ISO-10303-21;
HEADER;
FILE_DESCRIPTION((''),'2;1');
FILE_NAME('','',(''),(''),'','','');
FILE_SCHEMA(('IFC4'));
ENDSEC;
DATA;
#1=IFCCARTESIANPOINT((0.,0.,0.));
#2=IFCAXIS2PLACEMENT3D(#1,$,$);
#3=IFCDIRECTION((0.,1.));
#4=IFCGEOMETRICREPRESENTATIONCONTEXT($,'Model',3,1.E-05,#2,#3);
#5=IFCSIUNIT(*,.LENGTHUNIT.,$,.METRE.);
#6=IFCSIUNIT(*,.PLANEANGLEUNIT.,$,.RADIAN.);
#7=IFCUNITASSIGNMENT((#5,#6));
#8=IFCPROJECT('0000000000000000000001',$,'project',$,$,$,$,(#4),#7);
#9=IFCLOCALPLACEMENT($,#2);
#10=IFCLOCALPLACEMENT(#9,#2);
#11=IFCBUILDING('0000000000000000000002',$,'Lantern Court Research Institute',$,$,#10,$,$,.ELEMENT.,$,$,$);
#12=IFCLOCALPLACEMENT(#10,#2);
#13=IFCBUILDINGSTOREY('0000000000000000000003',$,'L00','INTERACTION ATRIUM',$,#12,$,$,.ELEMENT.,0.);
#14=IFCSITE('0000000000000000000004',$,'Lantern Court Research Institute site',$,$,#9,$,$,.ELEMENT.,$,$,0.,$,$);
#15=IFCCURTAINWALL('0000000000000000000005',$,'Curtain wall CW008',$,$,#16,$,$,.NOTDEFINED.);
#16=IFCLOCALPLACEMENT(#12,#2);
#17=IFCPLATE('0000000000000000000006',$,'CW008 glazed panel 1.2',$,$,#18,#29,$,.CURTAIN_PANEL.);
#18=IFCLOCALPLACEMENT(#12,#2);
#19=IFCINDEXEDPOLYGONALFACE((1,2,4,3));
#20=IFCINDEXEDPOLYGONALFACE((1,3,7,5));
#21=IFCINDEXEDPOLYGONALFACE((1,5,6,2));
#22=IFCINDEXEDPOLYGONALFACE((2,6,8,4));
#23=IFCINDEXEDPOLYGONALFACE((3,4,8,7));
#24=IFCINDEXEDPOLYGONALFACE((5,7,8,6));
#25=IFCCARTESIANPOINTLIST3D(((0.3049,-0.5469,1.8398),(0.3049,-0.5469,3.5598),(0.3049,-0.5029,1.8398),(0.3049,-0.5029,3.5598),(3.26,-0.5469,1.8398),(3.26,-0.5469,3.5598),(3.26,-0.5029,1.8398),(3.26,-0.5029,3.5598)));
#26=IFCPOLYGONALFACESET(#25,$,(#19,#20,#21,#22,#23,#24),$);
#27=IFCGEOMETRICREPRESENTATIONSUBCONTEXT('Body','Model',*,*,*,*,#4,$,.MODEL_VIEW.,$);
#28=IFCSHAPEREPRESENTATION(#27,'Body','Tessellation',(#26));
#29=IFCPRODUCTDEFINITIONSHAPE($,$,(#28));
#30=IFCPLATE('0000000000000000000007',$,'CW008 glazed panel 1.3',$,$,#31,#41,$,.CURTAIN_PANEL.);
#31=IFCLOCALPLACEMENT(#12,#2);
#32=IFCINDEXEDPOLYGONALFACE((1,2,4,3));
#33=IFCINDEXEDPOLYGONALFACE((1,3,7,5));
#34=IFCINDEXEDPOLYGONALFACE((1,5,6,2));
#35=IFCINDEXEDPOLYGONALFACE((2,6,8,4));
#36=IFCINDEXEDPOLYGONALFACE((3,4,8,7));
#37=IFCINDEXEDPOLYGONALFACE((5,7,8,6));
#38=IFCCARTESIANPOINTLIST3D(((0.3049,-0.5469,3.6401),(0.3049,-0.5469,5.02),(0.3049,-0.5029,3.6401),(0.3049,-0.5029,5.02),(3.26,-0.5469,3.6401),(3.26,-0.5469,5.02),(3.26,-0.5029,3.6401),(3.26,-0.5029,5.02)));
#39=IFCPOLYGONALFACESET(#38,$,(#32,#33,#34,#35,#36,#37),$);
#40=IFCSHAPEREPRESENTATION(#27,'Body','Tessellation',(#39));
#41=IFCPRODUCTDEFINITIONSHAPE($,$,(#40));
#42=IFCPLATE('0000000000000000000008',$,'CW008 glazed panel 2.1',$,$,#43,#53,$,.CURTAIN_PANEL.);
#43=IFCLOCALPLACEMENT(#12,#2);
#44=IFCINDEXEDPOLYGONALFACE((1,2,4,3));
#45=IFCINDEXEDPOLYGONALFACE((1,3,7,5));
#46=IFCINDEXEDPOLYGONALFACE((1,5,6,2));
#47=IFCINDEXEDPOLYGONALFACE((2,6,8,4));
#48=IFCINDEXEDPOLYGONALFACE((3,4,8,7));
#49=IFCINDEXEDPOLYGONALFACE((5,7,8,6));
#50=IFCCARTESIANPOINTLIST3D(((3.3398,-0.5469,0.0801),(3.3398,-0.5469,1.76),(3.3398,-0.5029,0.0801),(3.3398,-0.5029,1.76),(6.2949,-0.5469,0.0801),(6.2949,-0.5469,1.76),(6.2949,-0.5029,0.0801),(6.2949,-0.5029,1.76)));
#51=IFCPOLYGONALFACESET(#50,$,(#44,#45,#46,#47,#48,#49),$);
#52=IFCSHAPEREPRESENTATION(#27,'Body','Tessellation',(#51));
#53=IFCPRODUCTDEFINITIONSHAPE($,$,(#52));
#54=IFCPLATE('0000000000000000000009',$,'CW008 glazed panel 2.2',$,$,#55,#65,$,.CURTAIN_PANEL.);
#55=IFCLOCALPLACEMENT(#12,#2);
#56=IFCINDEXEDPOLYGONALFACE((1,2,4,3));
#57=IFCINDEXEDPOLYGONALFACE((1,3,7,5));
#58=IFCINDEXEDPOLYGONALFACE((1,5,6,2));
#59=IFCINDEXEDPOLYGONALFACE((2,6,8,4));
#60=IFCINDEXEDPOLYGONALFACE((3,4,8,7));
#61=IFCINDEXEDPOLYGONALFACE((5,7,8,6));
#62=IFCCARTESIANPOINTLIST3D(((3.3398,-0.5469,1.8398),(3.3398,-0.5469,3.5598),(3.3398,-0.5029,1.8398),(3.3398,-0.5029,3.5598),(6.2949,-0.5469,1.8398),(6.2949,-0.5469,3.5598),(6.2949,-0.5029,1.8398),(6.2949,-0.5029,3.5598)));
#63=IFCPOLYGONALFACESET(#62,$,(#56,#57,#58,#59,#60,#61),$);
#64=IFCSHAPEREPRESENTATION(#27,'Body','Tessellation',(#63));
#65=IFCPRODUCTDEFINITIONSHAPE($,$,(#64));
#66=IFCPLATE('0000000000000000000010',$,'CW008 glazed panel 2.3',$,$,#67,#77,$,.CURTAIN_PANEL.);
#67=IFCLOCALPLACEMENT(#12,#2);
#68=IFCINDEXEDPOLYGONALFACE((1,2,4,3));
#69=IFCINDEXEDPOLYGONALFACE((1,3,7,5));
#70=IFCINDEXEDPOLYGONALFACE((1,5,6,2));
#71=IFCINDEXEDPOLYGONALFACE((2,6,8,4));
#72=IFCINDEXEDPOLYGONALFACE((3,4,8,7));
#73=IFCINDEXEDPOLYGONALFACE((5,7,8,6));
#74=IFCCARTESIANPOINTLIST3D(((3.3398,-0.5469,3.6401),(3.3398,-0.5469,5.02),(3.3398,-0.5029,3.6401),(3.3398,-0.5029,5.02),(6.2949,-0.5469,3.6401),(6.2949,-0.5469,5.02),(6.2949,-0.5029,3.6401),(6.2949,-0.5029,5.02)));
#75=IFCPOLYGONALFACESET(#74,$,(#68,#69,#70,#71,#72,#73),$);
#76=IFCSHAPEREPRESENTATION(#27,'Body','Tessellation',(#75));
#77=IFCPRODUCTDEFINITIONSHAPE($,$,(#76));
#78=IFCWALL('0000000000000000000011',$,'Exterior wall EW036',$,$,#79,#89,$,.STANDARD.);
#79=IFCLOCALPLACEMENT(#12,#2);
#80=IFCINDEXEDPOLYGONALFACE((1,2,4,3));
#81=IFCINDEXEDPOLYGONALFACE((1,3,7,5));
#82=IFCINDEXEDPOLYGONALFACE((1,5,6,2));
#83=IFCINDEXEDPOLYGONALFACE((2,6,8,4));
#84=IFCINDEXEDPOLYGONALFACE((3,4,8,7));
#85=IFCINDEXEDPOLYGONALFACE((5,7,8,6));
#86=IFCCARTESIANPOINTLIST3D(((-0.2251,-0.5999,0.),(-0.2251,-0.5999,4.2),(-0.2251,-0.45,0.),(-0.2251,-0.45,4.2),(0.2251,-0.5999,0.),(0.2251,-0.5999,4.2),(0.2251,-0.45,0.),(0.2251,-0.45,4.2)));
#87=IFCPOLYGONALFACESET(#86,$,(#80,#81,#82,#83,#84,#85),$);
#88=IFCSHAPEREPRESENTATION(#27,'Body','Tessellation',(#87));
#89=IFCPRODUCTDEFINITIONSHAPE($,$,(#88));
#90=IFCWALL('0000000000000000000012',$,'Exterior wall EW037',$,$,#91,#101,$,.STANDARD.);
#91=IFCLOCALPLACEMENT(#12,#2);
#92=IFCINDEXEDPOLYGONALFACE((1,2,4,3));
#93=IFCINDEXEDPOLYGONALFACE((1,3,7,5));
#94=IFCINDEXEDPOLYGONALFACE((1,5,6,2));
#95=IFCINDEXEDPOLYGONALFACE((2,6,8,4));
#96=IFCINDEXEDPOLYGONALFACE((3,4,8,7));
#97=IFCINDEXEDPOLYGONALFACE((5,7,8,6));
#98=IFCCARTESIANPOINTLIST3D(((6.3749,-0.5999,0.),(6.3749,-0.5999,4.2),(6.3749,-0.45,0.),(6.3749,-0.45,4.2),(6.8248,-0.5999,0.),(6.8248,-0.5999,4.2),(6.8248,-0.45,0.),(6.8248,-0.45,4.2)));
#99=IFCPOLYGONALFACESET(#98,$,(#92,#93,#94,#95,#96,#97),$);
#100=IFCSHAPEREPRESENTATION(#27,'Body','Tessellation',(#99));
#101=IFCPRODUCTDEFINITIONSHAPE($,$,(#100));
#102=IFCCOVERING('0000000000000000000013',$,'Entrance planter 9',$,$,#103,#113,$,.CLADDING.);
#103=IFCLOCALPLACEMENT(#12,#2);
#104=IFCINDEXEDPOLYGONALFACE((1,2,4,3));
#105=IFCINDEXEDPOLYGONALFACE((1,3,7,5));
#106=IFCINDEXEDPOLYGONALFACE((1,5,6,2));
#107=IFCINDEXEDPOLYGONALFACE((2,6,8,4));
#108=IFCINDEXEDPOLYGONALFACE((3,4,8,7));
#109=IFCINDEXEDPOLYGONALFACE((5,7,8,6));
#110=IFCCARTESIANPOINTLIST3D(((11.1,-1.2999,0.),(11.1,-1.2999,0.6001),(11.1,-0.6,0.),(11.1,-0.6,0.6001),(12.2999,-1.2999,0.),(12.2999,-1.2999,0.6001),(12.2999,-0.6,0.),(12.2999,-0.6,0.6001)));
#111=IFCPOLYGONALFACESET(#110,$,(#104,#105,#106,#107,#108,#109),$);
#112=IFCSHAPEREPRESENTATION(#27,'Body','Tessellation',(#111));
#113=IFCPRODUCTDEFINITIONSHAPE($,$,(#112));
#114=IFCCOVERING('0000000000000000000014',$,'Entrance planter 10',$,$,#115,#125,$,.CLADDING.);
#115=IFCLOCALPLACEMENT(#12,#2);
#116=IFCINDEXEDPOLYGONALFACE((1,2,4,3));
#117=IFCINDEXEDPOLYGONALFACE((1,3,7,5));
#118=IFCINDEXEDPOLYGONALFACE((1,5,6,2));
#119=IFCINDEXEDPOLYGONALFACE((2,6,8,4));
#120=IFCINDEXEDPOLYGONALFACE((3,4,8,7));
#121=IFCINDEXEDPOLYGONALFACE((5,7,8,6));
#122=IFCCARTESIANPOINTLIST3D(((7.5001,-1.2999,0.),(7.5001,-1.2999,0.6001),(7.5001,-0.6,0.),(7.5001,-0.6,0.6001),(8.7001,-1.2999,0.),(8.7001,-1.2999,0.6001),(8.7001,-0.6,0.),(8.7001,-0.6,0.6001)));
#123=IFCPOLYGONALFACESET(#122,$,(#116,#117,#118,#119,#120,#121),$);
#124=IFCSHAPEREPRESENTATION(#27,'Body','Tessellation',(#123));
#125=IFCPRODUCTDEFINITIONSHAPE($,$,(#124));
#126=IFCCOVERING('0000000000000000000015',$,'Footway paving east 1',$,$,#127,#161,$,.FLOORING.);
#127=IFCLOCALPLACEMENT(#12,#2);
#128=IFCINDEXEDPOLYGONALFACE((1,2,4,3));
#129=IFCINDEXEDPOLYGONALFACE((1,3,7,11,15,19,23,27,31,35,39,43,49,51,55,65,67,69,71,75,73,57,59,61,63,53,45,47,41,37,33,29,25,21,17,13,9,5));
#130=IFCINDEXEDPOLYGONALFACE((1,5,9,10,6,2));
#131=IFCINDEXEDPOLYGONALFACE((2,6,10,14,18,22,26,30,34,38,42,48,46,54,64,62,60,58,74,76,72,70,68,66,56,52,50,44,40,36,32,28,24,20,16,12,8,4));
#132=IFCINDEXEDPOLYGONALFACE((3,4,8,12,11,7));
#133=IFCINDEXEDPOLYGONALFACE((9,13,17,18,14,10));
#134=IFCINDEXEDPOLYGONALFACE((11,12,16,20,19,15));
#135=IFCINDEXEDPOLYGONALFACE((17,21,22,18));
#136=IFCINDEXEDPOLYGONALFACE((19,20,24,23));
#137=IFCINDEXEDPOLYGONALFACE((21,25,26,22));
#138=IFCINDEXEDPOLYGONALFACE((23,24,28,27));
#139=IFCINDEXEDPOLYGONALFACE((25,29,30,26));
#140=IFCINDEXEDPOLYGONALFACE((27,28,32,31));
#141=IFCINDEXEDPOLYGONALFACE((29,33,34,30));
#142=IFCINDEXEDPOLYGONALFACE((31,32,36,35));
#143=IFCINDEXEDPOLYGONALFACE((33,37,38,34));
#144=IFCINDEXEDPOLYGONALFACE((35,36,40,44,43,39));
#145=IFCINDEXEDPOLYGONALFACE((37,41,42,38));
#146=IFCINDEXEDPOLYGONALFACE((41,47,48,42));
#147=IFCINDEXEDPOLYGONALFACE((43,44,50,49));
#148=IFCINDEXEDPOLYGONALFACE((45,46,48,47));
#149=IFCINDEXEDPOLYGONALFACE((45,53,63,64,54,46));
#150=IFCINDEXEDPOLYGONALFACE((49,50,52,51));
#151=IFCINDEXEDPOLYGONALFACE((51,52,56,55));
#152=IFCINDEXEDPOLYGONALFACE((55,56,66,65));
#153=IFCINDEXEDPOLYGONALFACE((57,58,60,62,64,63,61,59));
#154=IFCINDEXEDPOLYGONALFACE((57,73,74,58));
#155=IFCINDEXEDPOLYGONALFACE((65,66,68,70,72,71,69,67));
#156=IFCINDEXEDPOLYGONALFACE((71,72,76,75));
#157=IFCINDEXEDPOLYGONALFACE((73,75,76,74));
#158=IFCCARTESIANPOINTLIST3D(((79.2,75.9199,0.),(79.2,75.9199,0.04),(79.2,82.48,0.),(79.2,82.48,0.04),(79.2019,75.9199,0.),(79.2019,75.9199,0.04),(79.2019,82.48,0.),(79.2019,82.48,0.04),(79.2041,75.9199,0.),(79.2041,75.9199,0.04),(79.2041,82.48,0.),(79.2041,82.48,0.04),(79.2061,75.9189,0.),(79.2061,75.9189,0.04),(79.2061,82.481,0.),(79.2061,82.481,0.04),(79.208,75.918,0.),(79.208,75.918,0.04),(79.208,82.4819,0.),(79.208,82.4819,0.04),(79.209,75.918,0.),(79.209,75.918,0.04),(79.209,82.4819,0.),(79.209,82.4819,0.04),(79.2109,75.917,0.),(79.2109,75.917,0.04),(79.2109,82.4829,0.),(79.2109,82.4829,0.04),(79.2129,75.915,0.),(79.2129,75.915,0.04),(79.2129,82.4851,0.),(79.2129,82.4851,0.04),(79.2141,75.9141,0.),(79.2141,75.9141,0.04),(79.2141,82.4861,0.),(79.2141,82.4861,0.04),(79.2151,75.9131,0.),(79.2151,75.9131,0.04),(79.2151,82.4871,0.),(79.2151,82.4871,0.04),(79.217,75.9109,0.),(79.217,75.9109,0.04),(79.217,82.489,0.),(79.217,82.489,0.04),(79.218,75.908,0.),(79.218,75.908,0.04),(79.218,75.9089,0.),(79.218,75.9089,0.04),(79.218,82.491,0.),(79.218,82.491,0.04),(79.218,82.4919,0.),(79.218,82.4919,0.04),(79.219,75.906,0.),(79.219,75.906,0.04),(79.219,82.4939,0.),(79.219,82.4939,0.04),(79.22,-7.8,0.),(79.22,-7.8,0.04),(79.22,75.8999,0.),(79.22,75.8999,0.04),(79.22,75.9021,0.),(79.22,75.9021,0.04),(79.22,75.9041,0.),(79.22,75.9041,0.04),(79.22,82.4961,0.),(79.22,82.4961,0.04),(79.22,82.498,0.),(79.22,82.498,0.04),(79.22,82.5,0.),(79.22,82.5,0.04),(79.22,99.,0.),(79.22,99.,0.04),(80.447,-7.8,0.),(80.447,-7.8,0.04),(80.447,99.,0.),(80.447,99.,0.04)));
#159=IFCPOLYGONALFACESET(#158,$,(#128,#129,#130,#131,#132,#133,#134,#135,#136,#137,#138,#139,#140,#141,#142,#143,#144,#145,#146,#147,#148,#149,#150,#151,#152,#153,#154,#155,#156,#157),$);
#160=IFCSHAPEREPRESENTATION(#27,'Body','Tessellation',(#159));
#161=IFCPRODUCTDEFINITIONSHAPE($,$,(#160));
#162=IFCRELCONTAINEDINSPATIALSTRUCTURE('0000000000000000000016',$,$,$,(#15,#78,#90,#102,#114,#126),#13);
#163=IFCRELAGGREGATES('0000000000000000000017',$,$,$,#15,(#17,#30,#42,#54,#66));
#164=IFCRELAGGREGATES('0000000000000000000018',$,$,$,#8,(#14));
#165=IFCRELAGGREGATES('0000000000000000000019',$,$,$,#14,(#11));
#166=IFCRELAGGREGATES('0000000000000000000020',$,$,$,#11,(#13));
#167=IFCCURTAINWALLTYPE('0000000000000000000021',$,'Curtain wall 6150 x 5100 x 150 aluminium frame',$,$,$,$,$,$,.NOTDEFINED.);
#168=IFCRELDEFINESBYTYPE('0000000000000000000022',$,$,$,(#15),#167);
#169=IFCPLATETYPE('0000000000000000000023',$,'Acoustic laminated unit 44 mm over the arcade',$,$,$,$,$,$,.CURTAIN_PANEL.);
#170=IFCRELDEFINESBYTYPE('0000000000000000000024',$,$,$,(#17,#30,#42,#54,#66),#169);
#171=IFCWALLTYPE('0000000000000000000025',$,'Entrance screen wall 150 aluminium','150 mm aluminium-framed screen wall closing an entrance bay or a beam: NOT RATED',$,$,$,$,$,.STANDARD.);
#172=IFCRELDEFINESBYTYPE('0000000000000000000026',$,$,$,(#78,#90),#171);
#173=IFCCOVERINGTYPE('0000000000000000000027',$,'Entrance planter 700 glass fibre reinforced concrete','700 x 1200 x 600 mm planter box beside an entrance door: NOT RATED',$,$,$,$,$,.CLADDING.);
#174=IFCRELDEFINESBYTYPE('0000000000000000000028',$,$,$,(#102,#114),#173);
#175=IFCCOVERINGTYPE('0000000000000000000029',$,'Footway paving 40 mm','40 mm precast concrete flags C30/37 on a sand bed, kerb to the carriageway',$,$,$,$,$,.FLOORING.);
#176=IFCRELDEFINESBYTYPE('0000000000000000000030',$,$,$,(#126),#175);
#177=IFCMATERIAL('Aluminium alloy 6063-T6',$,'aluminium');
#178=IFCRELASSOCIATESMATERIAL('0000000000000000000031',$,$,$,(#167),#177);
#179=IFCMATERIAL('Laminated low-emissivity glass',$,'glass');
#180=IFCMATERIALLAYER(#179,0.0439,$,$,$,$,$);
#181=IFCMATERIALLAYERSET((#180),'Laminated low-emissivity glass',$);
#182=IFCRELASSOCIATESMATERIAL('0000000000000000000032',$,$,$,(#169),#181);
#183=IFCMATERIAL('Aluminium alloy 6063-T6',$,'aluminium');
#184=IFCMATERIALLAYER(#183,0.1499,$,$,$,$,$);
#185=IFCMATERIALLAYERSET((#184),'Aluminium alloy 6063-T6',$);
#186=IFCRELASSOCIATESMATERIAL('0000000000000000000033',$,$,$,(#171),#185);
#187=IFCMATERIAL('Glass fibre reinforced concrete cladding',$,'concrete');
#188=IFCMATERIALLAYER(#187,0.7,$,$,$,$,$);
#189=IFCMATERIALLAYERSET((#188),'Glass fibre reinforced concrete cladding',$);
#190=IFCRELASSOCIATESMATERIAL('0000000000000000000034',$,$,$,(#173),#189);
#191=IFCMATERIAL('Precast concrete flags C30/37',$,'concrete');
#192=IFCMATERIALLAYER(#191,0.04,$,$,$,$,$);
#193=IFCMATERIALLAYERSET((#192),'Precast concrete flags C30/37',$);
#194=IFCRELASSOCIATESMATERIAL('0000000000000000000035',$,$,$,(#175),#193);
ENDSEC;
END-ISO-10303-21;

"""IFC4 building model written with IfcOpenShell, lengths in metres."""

from ifc_helpers import new_model, si_unit, direction, frame, frame_2d, origin, origin_2d, place, context, subcontext, project, spatial, polyline, rectangle, outline, extrude, material, layer, layer_set, type_object, element, aggregate, save


model = new_model("IFC4")

# Units and contexts
model_context = context("Model", 3, precision=1e-05, world=origin(), true_north=direction((0.0, 1.0)))
body_context = subcontext(model_context, "Body", "Model", "MODEL_VIEW")
ifc_project = project(units=[si_unit("LENGTHUNIT", "METRE"), si_unit("PLANEANGLEUNIT", "RADIAN")], contexts=[model_context])

# Site, building, storey
site_placement = place(None, origin())
site = spatial("IfcSite", under=ifc_project, at=site_placement, Name="Lantern Court Research Institute site", CompositionType="ELEMENT", RefElevation=0.0)
building_placement = place(site_placement, origin())
building = spatial("IfcBuilding", under=site, at=building_placement, Name="Lantern Court Research Institute", CompositionType="ELEMENT")
storey_placement = place(building_placement, origin())
storey = spatial("IfcBuildingStorey", under=building, at=storey_placement, Name="L00", Description="INTERACTION ATRIUM", CompositionType="ELEMENT", Elevation=0.0)

# Curtain wall, plates
ifc_material_1 = material(Name="Aluminium alloy 6063-T6", Category="aluminium")
curtain_wall_type = type_object("IfcCurtainWallType", Name="Curtain wall 6150 x 5100 x 150 aluminium frame", PredefinedType="NOTDEFINED", material=ifc_material_1)
curtain_wall_placement = place(storey_placement, origin())
curtain_wall = element("IfcCurtainWall", 1, at=curtain_wall_placement, inside=storey, type_object=curtain_wall_type, Name="Curtain wall CW008", PredefinedType="NOTDEFINED")
ifc_material_2 = material(Name="Laminated low-emissivity glass", Category="glass")
ifc_layer_1 = layer(ifc_material_2, 0.0439)
ifc_layer_set_1 = layer_set([ifc_layer_1], Name="Laminated low-emissivity glass")
plate_type = type_object("IfcPlateType", Name="Acoustic laminated unit 44 mm over the arcade", PredefinedType="CURTAIN_PANEL", material=ifc_layer_set_1)
plate_1_placement = place(storey_placement, frame((1.7825, -0.5249, 1.8398), z_axis=(0.0, 0.0, 1.0), x_axis=(-1.0, 0.0, 0.0)))
plate_1 = element("IfcPlate", 2, at=plate_1_placement, type_object=plate_type, Name="CW008 glazed panel 1.2", PredefinedType="CURTAIN_PANEL", context=body_context, shape_type="SweptSolid", body=[
    extrude(rectangle(XDim=2.9551, YDim=0.0439, at=origin_2d()), origin(), (0.0, 0.0, 1.0), 1.72),
])
plate_2_placement = place(storey_placement, frame((1.7825, -0.5249, 3.6401), z_axis=(0.0, 0.0, 1.0), x_axis=(-1.0, 0.0, 0.0)))
plate_2 = element("IfcPlate", 3, at=plate_2_placement, type_object=plate_type, Name="CW008 glazed panel 1.3", PredefinedType="CURTAIN_PANEL", context=body_context, shape_type="SweptSolid", body=[
    extrude(rectangle(XDim=2.9551, YDim=0.0439, at=origin_2d()), origin(), (0.0, 0.0, 1.0), 1.3799),
])
plate_3_placement = place(storey_placement, frame((4.8174, -0.5249, 0.0801), z_axis=(0.0, 0.0, 1.0), x_axis=(-1.0, 0.0, 0.0)))
plate_3 = element("IfcPlate", 4, at=plate_3_placement, type_object=plate_type, Name="CW008 glazed panel 2.1", PredefinedType="CURTAIN_PANEL", context=body_context, shape_type="SweptSolid", body=[
    extrude(rectangle(XDim=2.9551, YDim=0.0439, at=origin_2d()), origin(), (0.0, 0.0, 1.0), 1.6799),
])
plate_4_placement = place(storey_placement, frame((4.8174, -0.5249, 1.8398), z_axis=(0.0, 0.0, 1.0), x_axis=(-1.0, 0.0, 0.0)))
plate_4 = element("IfcPlate", 5, at=plate_4_placement, type_object=plate_type, Name="CW008 glazed panel 2.2", PredefinedType="CURTAIN_PANEL", context=body_context, shape_type="SweptSolid", body=[
    extrude(rectangle(XDim=2.9551, YDim=0.0439, at=origin_2d()), origin(), (0.0, 0.0, 1.0), 1.72),
])
plate_5_placement = place(storey_placement, frame((4.8174, -0.5249, 3.6401), z_axis=(0.0, 0.0, 1.0), x_axis=(-1.0, 0.0, 0.0)))
plate_5 = element("IfcPlate", 6, at=plate_5_placement, type_object=plate_type, Name="CW008 glazed panel 2.3", PredefinedType="CURTAIN_PANEL", context=body_context, shape_type="SweptSolid", body=[
    extrude(rectangle(XDim=2.9551, YDim=0.0439, at=origin_2d()), origin(), (0.0, 0.0, 1.0), 1.3799),
])
aggregate(curtain_wall, [plate_1, plate_2, plate_3, plate_4, plate_5])

# Shared definitions
ifc_material_3 = material(Name="Aluminium alloy 6063-T6", Category="aluminium")
ifc_layer_2 = layer(ifc_material_3, 0.1499)
ifc_layer_set_2 = layer_set([ifc_layer_2], Name="Aluminium alloy 6063-T6")
wall_type = type_object("IfcWallType", Name="Entrance screen wall 150 aluminium", Description="150 mm aluminium-framed screen wall closing an entrance bay or a beam: NOT RATED", PredefinedType="STANDARD", material=ifc_layer_set_2)

# Walls
wall_1_placement = place(storey_placement, frame((0.2251, -0.5249, 0.0), z_axis=(0.0, 0.0, 1.0), x_axis=(-1.0, 0.0, 0.0)))
element("IfcWall", 7, at=wall_1_placement, inside=storey, type_object=wall_type, Name="Exterior wall EW036", PredefinedType="STANDARD", context=body_context, shape_type="SweptSolid", body=[
    extrude(rectangle(XDim=0.4502, YDim=0.1499, at=frame_2d((0.2251, 0.0))), origin(), (0.0, 0.0, 1.0), 4.2),
])
wall_2_placement = place(storey_placement, frame((6.825, -0.5249, 0.0), z_axis=(0.0, 0.0, 1.0), x_axis=(-1.0, 0.0, 0.0)))
element("IfcWall", 8, at=wall_2_placement, inside=storey, type_object=wall_type, Name="Exterior wall EW037", PredefinedType="STANDARD", context=body_context, shape_type="SweptSolid", body=[
    extrude(rectangle(XDim=0.45, YDim=0.1499, at=frame_2d((0.2251, 0.0))), origin(), (0.0, 0.0, 1.0), 4.2),
])

# Coverings
ifc_material_4 = material(Name="Glass fibre reinforced concrete cladding", Category="concrete")
ifc_layer_3 = layer(ifc_material_4, 0.7)
ifc_layer_set_3 = layer_set([ifc_layer_3], Name="Glass fibre reinforced concrete cladding")
covering_type_1 = type_object("IfcCoveringType", Name="Entrance planter 700 glass fibre reinforced concrete", Description="700 x 1200 x 600 mm planter box beside an entrance door: NOT RATED", PredefinedType="CLADDING", material=ifc_layer_set_3)
for number, where, z_axis, x_axis, name in (
    (9, (11.7, -0.95, 0.0), (0.0, 0.0, 1.0), (1.0, 0.0, 0.0), "Entrance planter 9"),
    (10, (8.1001, -0.95, 0.0), (0.0, 0.0, 1.0), (1.0, 0.0, 0.0), "Entrance planter 10"),
):
    element("IfcCovering", number, at=place(storey_placement, frame(where, z_axis=z_axis, x_axis=x_axis)), inside=storey, type_object=covering_type_1, Name=name, PredefinedType="CLADDING", context=body_context, shape_type="SweptSolid", body=[
        extrude(rectangle(XDim=1.2, YDim=0.7, at=origin_2d()), origin(), (0.0, 0.0, 1.0), 0.6001),
    ])
ifc_material_5 = material(Name="Precast concrete flags C30/37", Category="concrete")
ifc_layer_4 = layer(ifc_material_5, 0.04)
ifc_layer_set_4 = layer_set([ifc_layer_4], Name="Precast concrete flags C30/37")
covering_type_2 = type_object("IfcCoveringType", Name="Footway paving 40 mm", Description="40 mm precast concrete flags C30/37 on a sand bed, kerb to the carriageway", PredefinedType="FLOORING", material=ifc_layer_set_4)
covering_1_placement = place(storey_placement, origin())
element("IfcCovering", 11, at=covering_1_placement, inside=storey, type_object=covering_type_2, Name="Footway paving east 1", PredefinedType="FLOORING", context=body_context, shape_type="SweptSolid", body=[
    extrude(outline(polyline([(79.2, 82.48), (79.2019, 82.48), (79.2041, 82.48), (79.2061, 82.481), (79.208, 82.4819), (79.209, 82.4819), (79.2109, 82.4829), (79.2129, 82.4851), (79.2141, 82.4861), (79.2151, 82.4871), (79.217, 82.489), (79.218, 82.491), (79.218, 82.4919), (79.219, 82.4939), (79.22, 82.4961), (79.22, 82.498), (79.22, 82.5), (79.22, 99.0), (80.447, 99.0), (80.447, -7.8), (79.22, -7.8), (79.22, 75.8999), (79.22, 75.9021), (79.22, 75.9041), (79.219, 75.906), (79.218, 75.908), (79.218, 75.9089), (79.217, 75.9109), (79.2151, 75.9131), (79.2141, 75.9141), (79.2129, 75.915), (79.2109, 75.917), (79.209, 75.918), (79.208, 75.918), (79.2061, 75.9189), (79.2041, 75.9199), (79.2019, 75.9199), (79.2, 75.9199), (79.2, 82.48)])), origin(), (0.0, 0.0, 1.0), 0.04),
])

save(model, "model.ifc")
